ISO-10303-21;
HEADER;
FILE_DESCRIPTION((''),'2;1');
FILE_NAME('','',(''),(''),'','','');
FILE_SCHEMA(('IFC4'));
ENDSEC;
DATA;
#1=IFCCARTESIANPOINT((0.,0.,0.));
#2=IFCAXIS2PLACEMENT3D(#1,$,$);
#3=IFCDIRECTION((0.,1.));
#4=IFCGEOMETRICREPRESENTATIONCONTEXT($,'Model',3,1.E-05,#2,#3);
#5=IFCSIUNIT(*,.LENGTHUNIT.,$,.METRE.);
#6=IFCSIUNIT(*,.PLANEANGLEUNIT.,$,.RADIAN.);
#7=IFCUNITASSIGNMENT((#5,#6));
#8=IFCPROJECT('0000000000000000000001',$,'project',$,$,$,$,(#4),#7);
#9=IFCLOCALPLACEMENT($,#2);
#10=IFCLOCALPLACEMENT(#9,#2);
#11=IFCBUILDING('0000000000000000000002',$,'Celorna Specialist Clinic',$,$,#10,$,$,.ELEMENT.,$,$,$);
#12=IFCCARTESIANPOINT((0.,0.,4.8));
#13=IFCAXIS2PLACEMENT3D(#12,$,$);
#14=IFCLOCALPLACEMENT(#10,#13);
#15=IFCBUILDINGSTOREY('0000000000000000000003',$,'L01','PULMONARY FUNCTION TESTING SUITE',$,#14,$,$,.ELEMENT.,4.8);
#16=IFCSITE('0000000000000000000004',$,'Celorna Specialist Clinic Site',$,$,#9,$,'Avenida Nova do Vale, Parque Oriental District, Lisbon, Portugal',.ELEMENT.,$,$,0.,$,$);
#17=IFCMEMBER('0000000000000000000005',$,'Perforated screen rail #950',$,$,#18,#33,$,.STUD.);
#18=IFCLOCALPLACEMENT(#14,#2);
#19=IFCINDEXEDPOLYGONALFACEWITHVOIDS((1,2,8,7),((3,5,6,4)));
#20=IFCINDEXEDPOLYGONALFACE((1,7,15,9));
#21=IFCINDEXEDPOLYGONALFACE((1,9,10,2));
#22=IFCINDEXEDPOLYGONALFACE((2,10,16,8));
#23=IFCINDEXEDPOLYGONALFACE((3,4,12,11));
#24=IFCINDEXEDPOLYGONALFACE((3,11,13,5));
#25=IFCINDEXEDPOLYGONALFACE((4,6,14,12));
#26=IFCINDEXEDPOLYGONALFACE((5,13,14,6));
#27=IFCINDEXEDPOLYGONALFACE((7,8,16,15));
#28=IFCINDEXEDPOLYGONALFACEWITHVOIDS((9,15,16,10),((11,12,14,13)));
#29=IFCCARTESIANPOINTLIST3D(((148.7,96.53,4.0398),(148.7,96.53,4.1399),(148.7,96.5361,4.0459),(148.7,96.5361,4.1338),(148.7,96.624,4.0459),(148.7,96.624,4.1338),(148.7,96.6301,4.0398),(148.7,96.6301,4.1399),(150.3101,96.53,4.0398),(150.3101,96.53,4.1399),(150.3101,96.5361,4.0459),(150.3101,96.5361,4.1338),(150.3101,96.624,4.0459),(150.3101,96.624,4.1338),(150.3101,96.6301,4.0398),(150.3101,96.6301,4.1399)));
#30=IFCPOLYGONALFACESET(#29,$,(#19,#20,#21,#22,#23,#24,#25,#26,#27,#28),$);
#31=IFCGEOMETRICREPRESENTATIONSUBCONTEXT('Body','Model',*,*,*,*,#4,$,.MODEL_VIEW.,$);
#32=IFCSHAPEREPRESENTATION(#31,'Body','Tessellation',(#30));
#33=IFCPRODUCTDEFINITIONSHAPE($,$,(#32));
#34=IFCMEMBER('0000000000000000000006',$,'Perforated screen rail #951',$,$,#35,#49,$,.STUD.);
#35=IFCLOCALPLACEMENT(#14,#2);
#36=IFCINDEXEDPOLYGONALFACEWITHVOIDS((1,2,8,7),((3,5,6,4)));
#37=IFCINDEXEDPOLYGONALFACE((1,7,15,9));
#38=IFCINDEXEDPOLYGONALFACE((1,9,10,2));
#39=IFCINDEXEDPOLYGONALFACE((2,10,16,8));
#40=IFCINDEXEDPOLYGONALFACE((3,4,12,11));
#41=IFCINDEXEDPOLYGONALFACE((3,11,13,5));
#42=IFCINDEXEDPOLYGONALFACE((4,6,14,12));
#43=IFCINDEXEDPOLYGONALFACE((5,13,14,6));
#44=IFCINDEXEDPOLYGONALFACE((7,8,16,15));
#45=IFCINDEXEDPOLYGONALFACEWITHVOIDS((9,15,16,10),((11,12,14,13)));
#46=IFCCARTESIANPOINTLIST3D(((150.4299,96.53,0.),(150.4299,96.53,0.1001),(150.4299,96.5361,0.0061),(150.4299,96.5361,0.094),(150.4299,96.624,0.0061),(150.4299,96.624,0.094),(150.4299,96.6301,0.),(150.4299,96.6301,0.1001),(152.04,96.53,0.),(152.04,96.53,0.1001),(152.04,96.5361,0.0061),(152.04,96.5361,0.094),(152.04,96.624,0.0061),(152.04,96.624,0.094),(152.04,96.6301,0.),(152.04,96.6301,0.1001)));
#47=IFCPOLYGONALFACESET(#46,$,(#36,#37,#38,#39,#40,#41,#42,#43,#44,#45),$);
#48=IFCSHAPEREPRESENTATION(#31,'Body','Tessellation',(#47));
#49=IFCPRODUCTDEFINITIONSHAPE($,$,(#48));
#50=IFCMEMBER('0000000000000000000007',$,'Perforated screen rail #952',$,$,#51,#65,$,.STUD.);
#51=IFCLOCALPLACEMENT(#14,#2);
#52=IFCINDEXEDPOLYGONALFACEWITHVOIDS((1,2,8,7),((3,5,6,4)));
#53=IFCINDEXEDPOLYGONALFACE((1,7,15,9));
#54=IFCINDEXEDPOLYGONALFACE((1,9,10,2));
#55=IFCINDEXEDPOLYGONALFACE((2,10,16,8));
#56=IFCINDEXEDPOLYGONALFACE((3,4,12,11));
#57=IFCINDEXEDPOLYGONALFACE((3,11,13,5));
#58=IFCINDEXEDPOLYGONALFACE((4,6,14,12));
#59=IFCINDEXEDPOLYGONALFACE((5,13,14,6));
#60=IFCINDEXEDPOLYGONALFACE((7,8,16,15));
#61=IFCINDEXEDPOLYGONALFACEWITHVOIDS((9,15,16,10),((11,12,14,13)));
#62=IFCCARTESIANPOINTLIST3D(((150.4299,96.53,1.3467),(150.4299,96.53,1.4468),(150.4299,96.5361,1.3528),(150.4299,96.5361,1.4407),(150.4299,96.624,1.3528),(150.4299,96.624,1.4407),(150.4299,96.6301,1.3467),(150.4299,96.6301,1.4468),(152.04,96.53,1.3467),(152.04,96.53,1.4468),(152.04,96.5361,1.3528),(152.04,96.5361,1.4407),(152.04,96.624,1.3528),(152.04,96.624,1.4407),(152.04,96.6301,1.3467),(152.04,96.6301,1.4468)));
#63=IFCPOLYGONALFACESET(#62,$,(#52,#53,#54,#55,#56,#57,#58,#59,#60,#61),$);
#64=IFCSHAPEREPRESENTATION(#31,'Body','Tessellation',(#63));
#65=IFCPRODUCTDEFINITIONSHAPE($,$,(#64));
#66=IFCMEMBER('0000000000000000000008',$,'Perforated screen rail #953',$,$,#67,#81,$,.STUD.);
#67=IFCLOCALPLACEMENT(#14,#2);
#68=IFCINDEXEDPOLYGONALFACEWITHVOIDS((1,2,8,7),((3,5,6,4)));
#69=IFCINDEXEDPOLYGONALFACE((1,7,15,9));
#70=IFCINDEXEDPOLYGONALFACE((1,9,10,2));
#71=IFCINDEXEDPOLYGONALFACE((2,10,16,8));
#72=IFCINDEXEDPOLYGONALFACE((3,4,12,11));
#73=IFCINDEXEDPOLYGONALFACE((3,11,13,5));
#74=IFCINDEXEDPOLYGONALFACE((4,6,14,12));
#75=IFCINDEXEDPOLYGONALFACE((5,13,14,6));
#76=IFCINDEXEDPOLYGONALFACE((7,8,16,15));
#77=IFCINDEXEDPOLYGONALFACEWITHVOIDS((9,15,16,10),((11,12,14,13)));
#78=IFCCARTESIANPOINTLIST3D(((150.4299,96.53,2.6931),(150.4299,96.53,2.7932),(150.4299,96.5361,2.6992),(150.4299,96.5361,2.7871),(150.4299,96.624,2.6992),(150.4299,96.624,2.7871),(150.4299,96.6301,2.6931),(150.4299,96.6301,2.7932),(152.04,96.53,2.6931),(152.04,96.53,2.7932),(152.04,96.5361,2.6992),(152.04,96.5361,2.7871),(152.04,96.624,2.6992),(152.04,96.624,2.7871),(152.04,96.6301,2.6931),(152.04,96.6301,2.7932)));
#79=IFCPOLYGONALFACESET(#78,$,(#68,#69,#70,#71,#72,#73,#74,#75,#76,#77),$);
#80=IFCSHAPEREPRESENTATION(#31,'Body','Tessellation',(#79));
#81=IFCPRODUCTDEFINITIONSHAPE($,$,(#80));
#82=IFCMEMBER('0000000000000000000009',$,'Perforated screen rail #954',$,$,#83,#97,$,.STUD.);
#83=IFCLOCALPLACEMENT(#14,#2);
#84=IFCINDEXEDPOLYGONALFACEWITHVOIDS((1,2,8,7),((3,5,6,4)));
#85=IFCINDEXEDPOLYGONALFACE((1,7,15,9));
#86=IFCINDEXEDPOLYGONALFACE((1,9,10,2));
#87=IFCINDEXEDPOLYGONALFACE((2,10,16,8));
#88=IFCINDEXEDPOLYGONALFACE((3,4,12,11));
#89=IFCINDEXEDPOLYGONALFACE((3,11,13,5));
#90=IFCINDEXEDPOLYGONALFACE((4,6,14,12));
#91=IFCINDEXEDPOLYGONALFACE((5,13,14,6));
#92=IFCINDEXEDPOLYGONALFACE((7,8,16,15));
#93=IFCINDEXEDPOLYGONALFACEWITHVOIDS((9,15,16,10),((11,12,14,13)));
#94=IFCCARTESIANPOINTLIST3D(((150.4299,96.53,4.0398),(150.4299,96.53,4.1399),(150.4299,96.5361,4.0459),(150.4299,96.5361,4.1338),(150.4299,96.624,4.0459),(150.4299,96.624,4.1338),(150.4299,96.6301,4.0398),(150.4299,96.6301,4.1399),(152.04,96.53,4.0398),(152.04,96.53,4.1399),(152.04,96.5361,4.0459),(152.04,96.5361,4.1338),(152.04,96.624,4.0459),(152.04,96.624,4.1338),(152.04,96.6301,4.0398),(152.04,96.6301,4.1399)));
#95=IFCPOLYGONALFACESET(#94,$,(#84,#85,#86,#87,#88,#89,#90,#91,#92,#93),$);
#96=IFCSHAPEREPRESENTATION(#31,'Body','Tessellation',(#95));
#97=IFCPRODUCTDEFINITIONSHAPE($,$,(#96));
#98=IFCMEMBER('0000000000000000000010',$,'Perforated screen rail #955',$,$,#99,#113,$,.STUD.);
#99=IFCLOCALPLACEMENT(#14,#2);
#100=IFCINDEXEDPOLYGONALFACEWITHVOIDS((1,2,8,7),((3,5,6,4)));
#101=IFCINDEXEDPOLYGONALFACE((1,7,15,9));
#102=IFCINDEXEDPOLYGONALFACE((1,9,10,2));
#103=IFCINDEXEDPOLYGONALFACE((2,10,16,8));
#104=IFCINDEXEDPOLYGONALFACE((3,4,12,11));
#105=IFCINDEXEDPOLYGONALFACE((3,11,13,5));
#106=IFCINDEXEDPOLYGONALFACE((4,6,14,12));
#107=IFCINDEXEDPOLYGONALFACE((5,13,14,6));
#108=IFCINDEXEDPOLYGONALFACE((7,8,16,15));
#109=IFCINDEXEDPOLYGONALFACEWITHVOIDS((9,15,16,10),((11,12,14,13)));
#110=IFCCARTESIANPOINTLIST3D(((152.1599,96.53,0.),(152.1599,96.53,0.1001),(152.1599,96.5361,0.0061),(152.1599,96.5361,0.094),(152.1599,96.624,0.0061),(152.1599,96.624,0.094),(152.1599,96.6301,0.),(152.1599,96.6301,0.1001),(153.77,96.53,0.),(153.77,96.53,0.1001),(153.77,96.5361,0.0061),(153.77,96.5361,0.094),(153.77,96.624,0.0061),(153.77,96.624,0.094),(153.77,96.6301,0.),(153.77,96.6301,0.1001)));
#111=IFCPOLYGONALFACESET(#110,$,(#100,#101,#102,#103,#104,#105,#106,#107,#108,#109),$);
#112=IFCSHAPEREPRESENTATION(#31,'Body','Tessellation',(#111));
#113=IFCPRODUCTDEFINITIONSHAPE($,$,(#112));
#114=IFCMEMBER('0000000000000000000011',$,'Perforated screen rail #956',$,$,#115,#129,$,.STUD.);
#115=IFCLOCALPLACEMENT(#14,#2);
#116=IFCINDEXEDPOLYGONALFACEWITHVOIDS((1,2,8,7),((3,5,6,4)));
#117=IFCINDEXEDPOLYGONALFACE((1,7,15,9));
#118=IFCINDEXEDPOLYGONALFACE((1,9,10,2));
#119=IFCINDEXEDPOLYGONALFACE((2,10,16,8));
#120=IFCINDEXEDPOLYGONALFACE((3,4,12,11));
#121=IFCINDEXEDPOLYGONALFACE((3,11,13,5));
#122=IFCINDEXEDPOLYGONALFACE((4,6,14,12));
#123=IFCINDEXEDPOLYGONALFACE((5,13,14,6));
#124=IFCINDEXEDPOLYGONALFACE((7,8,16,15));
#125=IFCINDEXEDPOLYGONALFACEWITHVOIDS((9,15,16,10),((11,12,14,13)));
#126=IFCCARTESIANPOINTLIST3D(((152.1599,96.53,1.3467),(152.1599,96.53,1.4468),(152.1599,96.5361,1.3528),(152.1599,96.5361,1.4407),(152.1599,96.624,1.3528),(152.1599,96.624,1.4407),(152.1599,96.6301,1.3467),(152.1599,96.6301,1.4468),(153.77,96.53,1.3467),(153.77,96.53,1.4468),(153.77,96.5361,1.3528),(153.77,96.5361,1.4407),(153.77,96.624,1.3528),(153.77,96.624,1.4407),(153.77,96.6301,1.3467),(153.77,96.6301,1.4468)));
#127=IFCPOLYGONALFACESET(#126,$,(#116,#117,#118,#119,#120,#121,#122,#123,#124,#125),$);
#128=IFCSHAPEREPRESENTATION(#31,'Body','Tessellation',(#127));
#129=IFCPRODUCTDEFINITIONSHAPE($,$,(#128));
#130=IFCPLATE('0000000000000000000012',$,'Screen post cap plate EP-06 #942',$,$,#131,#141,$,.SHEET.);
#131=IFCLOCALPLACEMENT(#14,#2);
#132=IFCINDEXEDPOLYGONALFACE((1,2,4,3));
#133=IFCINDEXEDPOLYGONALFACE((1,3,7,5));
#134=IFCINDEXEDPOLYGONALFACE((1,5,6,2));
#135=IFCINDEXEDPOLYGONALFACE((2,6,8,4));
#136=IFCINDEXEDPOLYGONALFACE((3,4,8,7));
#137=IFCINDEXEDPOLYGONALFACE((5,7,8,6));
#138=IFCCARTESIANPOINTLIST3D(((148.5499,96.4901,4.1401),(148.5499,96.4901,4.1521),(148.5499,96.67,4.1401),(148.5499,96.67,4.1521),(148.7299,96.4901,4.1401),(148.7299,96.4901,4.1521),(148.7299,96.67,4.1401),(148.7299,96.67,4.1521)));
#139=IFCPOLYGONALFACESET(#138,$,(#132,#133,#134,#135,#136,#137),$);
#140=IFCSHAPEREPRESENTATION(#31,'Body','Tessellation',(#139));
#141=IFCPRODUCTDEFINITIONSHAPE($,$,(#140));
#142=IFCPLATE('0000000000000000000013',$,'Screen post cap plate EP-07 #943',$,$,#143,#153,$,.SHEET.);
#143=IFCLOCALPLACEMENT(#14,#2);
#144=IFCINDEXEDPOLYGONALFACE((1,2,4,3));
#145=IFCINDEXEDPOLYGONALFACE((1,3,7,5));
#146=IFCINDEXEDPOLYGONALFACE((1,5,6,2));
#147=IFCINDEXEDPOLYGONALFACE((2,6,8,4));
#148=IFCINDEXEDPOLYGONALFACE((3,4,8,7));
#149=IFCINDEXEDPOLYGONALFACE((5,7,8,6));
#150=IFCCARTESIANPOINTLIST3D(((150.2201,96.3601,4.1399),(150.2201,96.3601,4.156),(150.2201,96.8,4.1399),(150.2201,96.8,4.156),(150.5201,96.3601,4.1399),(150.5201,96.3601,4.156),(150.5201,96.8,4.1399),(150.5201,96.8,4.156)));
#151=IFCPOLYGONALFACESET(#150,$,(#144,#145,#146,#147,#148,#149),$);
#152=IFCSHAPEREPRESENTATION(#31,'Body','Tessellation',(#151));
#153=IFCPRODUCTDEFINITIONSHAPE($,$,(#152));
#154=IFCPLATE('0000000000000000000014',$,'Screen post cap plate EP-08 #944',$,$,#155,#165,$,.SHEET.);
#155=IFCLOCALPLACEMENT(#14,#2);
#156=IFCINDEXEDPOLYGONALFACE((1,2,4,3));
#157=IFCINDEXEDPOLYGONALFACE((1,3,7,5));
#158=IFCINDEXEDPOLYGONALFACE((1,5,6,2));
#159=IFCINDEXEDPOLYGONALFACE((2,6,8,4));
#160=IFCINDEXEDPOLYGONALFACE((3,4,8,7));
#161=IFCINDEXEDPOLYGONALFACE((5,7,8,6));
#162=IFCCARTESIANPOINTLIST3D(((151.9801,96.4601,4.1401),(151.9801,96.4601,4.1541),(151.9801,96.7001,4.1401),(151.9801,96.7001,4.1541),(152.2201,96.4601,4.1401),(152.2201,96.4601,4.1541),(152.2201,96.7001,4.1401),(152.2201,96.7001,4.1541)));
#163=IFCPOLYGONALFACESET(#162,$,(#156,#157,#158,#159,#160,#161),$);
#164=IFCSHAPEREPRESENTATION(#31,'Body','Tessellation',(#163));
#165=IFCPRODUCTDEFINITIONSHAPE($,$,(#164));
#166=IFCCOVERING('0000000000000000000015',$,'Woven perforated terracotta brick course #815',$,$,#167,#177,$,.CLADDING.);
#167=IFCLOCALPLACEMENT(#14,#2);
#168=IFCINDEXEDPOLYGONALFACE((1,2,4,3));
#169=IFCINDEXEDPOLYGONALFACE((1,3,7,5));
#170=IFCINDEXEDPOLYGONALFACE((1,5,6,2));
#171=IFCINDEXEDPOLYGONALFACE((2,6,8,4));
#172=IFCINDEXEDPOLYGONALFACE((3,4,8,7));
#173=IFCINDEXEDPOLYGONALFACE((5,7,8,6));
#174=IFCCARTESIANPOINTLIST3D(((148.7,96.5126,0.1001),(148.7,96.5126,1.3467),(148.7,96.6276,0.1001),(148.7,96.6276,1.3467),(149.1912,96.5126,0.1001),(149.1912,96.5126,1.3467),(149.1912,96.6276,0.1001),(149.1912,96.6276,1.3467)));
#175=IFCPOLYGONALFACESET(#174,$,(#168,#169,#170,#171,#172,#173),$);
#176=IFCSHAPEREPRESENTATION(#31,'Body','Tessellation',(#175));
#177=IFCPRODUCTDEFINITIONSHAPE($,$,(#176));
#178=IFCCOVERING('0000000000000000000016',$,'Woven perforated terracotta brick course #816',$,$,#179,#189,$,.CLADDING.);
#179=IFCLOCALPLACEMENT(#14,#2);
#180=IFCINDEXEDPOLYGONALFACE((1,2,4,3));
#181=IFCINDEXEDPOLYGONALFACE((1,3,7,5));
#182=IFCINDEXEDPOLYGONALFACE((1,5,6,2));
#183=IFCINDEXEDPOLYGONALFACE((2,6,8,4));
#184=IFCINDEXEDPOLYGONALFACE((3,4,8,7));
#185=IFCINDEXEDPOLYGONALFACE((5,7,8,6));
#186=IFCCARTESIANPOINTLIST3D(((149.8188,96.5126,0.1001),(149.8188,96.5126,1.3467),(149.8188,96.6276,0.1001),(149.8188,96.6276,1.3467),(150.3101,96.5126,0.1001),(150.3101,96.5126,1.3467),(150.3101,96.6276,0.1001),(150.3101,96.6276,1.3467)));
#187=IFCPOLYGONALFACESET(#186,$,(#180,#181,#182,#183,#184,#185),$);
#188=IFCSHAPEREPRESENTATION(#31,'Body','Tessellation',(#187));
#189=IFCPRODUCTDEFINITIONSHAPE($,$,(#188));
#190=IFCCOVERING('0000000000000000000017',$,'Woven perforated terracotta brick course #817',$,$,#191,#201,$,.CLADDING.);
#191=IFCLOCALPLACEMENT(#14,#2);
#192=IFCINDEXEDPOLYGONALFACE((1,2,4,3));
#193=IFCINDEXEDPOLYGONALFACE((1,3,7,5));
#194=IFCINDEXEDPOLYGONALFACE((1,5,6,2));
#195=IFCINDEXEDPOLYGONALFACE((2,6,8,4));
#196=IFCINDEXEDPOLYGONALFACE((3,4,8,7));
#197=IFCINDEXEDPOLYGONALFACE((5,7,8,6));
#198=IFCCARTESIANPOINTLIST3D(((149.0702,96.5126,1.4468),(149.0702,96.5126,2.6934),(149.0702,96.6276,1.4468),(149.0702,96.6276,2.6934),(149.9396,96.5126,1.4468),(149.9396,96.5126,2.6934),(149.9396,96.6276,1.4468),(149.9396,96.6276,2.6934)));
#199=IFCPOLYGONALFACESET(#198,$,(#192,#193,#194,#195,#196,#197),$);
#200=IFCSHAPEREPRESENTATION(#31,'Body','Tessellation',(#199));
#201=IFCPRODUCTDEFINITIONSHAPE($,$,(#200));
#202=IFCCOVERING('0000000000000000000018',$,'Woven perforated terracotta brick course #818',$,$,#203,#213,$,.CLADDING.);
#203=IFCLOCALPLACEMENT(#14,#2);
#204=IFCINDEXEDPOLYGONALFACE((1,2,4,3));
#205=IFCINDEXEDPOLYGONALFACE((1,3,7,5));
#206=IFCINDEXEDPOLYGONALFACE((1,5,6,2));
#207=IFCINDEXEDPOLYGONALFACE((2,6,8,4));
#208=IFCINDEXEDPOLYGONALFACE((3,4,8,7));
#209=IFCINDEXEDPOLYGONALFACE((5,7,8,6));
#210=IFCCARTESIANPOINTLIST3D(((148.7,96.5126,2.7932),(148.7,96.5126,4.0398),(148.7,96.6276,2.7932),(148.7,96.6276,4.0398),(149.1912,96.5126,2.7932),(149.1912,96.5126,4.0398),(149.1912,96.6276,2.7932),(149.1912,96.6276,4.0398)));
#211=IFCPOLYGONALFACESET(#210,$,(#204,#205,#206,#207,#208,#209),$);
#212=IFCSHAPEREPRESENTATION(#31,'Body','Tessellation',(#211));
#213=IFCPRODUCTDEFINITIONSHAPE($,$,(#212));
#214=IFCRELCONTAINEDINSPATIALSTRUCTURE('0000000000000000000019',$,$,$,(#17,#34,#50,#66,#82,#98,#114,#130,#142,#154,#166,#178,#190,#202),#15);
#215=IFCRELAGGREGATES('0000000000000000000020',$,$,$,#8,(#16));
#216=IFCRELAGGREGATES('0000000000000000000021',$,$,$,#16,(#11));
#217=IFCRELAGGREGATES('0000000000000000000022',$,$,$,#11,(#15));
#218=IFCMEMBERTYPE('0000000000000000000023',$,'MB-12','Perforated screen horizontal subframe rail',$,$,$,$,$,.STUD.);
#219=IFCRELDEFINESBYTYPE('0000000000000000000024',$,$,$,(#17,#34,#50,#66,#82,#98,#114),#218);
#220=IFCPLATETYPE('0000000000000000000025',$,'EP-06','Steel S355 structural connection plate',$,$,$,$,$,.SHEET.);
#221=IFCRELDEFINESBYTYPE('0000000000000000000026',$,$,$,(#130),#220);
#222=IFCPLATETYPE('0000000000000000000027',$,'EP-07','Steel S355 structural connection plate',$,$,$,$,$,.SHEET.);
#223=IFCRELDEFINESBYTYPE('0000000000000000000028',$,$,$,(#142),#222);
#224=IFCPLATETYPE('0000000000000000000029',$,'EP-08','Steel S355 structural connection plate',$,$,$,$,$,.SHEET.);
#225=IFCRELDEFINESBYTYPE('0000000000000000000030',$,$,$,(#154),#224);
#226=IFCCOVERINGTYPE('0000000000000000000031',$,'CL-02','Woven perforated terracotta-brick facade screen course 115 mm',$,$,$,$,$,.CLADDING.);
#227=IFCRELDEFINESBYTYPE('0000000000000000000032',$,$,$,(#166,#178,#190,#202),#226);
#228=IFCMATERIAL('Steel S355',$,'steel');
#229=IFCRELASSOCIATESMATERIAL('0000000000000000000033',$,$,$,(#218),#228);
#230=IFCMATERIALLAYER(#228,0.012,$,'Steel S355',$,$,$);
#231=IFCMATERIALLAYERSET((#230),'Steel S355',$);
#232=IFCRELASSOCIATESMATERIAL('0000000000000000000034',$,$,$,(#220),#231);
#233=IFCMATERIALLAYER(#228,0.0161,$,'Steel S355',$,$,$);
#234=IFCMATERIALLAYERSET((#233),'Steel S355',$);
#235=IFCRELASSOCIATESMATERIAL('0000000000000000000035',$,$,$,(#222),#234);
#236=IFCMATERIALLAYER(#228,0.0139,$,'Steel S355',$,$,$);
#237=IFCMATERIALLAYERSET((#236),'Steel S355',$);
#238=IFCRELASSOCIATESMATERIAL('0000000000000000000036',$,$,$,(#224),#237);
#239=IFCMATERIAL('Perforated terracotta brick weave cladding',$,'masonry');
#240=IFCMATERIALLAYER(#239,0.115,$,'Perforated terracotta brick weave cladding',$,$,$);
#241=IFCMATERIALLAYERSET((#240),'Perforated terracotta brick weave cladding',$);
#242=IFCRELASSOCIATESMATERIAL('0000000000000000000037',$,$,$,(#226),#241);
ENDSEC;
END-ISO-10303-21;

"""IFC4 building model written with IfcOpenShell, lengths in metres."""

from ifc_helpers import new_model, si_unit, direction, frame, origin, origin_2d, place, context, subcontext, project, spatial, rectangle, hollow_rectangle, extrude, material, layer, layer_set, material_profile, profile_set, type_object, element, save


model = new_model("IFC4")

# Units and contexts
model_context = context("Model", 3, precision=1e-05, world=origin(), true_north=direction((0.0, 1.0)))
body_context = subcontext(model_context, "Body", "Model", "MODEL_VIEW")
ifc_project = project(units=[si_unit("LENGTHUNIT", "METRE"), si_unit("PLANEANGLEUNIT", "RADIAN")], contexts=[model_context])

# Site, building, storey
site_placement = place(None, origin())
site = spatial("IfcSite", under=ifc_project, at=site_placement, Name="Celorna Specialist Clinic Site", LongName="Avenida Nova do Vale, Parque Oriental District, Lisbon, Portugal", CompositionType="ELEMENT", RefElevation=0.0)
building_placement = place(site_placement, origin())
building = spatial("IfcBuilding", under=site, at=building_placement, Name="Celorna Specialist Clinic", CompositionType="ELEMENT")
storey_placement = place(building_placement, frame((0.0, 0.0, 4.8)))
storey = spatial("IfcBuildingStorey", under=building, at=storey_placement, Name="L01", Description="PULMONARY FUNCTION TESTING SUITE", CompositionType="ELEMENT", Elevation=4.8)

# Shared definitions
ifc_material_1 = material(Name="Steel S355", Category="steel")

# Members
ifc_material_profile_1 = material_profile(ifc_material_1, hollow_rectangle(XDim=0.1001, YDim=0.1001, WallThickness=0.0061, at=origin_2d()), Name="SHS 100x100x6")
ifc_profile_set_1 = profile_set([ifc_material_profile_1], Name="Steel S355")
member_type_1 = type_object("IfcMemberType", Name="MB-12", Description="Perforated screen horizontal subframe rail", PredefinedType="STUD", material=ifc_profile_set_1)
for number, where, z_axis, x_axis, name in (
    (1, (148.7, 96.5801, 4.0898), (1.0, 0.0, 0.0), (0.0, 1.0, 0.0), "Perforated screen rail #950"),
    (2, (150.4299, 96.5801, 0.05), (1.0, 0.0, 0.0), (0.0, 1.0, 0.0), "Perforated screen rail #951"),
    (3, (150.4299, 96.5801, 1.3967), (1.0, 0.0, 0.0), (0.0, 1.0, 0.0), "Perforated screen rail #952"),
    (4, (150.4299, 96.5801, 2.7432), (1.0, 0.0, 0.0), (0.0, 1.0, 0.0), "Perforated screen rail #953"),
    (5, (150.4299, 96.5801, 4.0898), (1.0, 0.0, 0.0), (0.0, 1.0, 0.0), "Perforated screen rail #954"),
    (6, (152.1599, 96.5801, 0.05), (1.0, 0.0, 0.0), (0.0, 1.0, 0.0), "Perforated screen rail #955"),
    (7, (152.1599, 96.5801, 1.3967), (1.0, 0.0, 0.0), (0.0, 1.0, 0.0), "Perforated screen rail #956"),
):
    element("IfcMember", number, at=place(storey_placement, frame(where, z_axis=z_axis, x_axis=x_axis)), inside=storey, type_object=member_type_1, Name=name, PredefinedType="STUD", context=body_context, shape_type="SweptSolid", body=[
        extrude(hollow_rectangle(XDim=0.1001, YDim=0.1001, WallThickness=0.0061, at=origin_2d()), origin(), (0.0, 0.0, 1.0), 1.6101),
    ])

# Plates
ifc_layer_1 = layer(ifc_material_1, 0.012, Name="Steel S355")
ifc_layer_set_1 = layer_set([ifc_layer_1], Name="Steel S355")
plate_type_1 = type_object("IfcPlateType", Name="EP-06", Description="Steel S355 structural connection plate", PredefinedType="SHEET", material=ifc_layer_set_1)
plate_1_placement = place(storey_placement, frame((148.6399, 96.5801, 4.1401), z_axis=(0.0, 0.0, 1.0), x_axis=(1.0, 0.0, 0.0)))
element("IfcPlate", 8, at=plate_1_placement, inside=storey, type_object=plate_type_1, Name="Screen post cap plate EP-06 #942", PredefinedType="SHEET", context=body_context, shape_type="SweptSolid", body=[
    extrude(rectangle(XDim=0.1799, YDim=0.1799, at=origin_2d()), origin(), (0.0, 0.0, 1.0), 0.012),
])
ifc_layer_2 = layer(ifc_material_1, 0.0161, Name="Steel S355")
ifc_layer_set_2 = layer_set([ifc_layer_2], Name="Steel S355")
plate_type_2 = type_object("IfcPlateType", Name="EP-07", Description="Steel S355 structural connection plate", PredefinedType="SHEET", material=ifc_layer_set_2)
plate_2_placement = place(storey_placement, frame((150.3701, 96.5801, 4.1399), z_axis=(0.0, 0.0, 1.0), x_axis=(1.0, 0.0, 0.0)))
element("IfcPlate", 9, at=plate_2_placement, inside=storey, type_object=plate_type_2, Name="Screen post cap plate EP-07 #943", PredefinedType="SHEET", context=body_context, shape_type="SweptSolid", body=[
    extrude(rectangle(XDim=0.3, YDim=0.4399, at=origin_2d()), origin(), (0.0, 0.0, 1.0), 0.0161),
])
ifc_layer_3 = layer(ifc_material_1, 0.0139, Name="Steel S355")
ifc_layer_set_3 = layer_set([ifc_layer_3], Name="Steel S355")
plate_type_3 = type_object("IfcPlateType", Name="EP-08", Description="Steel S355 structural connection plate", PredefinedType="SHEET", material=ifc_layer_set_3)
plate_3_placement = place(storey_placement, frame((152.1001, 96.5801, 4.1401), z_axis=(0.0, 0.0, 1.0), x_axis=(1.0, 0.0, 0.0)))
element("IfcPlate", 10, at=plate_3_placement, inside=storey, type_object=plate_type_3, Name="Screen post cap plate EP-08 #944", PredefinedType="SHEET", context=body_context, shape_type="SweptSolid", body=[
    extrude(rectangle(XDim=0.24, YDim=0.24, at=origin_2d()), origin(), (0.0, 0.0, 1.0), 0.0139),
])

# Coverings
ifc_material_2 = material(Name="Perforated terracotta brick weave cladding", Category="masonry")
ifc_layer_4 = layer(ifc_material_2, 0.115, Name="Perforated terracotta brick weave cladding")
ifc_layer_set_4 = layer_set([ifc_layer_4], Name="Perforated terracotta brick weave cladding")
covering_type = type_object("IfcCoveringType", Name="CL-02", Description="Woven perforated terracotta-brick facade screen course 115 mm", PredefinedType="CLADDING", material=ifc_layer_set_4)
for number, where, z_axis, x_axis, name in (
    (11, (148.9456, 96.5701, 0.1001), (0.0, 0.0, 1.0), (1.0, 0.0, 0.0), "Woven perforated terracotta brick course #815"),
    (12, (150.0645, 96.5701, 0.1001), (0.0, 0.0, 1.0), (1.0, 0.0, 0.0), "Woven perforated terracotta brick course #816"),
):
    element("IfcCovering", number, at=place(storey_placement, frame(where, z_axis=z_axis, x_axis=x_axis)), inside=storey, type_object=covering_type, Name=name, PredefinedType="CLADDING", context=body_context, shape_type="SweptSolid", body=[
        extrude(rectangle(XDim=0.4912, YDim=0.115, at=origin_2d()), origin(), (0.0, 0.0, 1.0), 1.2466),
    ])
covering_1_placement = place(storey_placement, frame((149.5049, 96.5701, 1.4468), z_axis=(0.0, 0.0, 1.0), x_axis=(1.0, 0.0, 0.0)))
element("IfcCovering", 13, at=covering_1_placement, inside=storey, type_object=covering_type, Name="Woven perforated terracotta brick course #817", PredefinedType="CLADDING", context=body_context, shape_type="SweptSolid", body=[
    extrude(rectangle(XDim=0.8694, YDim=0.115, at=origin_2d()), origin(), (0.0, 0.0, 1.0), 1.2466),
])
for number, where, z_axis, x_axis, name in (
    (14, (148.9456, 96.5701, 2.7932), (0.0, 0.0, 1.0), (1.0, 0.0, 0.0), "Woven perforated terracotta brick course #818"),
):
    element("IfcCovering", number, at=place(storey_placement, frame(where, z_axis=z_axis, x_axis=x_axis)), inside=storey, type_object=covering_type, Name=name, PredefinedType="CLADDING", context=body_context, shape_type="SweptSolid", body=[
        extrude(rectangle(XDim=0.4912, YDim=0.115, at=origin_2d()), origin(), (0.0, 0.0, 1.0), 1.2466),
    ])

save(model, "model.ifc")
